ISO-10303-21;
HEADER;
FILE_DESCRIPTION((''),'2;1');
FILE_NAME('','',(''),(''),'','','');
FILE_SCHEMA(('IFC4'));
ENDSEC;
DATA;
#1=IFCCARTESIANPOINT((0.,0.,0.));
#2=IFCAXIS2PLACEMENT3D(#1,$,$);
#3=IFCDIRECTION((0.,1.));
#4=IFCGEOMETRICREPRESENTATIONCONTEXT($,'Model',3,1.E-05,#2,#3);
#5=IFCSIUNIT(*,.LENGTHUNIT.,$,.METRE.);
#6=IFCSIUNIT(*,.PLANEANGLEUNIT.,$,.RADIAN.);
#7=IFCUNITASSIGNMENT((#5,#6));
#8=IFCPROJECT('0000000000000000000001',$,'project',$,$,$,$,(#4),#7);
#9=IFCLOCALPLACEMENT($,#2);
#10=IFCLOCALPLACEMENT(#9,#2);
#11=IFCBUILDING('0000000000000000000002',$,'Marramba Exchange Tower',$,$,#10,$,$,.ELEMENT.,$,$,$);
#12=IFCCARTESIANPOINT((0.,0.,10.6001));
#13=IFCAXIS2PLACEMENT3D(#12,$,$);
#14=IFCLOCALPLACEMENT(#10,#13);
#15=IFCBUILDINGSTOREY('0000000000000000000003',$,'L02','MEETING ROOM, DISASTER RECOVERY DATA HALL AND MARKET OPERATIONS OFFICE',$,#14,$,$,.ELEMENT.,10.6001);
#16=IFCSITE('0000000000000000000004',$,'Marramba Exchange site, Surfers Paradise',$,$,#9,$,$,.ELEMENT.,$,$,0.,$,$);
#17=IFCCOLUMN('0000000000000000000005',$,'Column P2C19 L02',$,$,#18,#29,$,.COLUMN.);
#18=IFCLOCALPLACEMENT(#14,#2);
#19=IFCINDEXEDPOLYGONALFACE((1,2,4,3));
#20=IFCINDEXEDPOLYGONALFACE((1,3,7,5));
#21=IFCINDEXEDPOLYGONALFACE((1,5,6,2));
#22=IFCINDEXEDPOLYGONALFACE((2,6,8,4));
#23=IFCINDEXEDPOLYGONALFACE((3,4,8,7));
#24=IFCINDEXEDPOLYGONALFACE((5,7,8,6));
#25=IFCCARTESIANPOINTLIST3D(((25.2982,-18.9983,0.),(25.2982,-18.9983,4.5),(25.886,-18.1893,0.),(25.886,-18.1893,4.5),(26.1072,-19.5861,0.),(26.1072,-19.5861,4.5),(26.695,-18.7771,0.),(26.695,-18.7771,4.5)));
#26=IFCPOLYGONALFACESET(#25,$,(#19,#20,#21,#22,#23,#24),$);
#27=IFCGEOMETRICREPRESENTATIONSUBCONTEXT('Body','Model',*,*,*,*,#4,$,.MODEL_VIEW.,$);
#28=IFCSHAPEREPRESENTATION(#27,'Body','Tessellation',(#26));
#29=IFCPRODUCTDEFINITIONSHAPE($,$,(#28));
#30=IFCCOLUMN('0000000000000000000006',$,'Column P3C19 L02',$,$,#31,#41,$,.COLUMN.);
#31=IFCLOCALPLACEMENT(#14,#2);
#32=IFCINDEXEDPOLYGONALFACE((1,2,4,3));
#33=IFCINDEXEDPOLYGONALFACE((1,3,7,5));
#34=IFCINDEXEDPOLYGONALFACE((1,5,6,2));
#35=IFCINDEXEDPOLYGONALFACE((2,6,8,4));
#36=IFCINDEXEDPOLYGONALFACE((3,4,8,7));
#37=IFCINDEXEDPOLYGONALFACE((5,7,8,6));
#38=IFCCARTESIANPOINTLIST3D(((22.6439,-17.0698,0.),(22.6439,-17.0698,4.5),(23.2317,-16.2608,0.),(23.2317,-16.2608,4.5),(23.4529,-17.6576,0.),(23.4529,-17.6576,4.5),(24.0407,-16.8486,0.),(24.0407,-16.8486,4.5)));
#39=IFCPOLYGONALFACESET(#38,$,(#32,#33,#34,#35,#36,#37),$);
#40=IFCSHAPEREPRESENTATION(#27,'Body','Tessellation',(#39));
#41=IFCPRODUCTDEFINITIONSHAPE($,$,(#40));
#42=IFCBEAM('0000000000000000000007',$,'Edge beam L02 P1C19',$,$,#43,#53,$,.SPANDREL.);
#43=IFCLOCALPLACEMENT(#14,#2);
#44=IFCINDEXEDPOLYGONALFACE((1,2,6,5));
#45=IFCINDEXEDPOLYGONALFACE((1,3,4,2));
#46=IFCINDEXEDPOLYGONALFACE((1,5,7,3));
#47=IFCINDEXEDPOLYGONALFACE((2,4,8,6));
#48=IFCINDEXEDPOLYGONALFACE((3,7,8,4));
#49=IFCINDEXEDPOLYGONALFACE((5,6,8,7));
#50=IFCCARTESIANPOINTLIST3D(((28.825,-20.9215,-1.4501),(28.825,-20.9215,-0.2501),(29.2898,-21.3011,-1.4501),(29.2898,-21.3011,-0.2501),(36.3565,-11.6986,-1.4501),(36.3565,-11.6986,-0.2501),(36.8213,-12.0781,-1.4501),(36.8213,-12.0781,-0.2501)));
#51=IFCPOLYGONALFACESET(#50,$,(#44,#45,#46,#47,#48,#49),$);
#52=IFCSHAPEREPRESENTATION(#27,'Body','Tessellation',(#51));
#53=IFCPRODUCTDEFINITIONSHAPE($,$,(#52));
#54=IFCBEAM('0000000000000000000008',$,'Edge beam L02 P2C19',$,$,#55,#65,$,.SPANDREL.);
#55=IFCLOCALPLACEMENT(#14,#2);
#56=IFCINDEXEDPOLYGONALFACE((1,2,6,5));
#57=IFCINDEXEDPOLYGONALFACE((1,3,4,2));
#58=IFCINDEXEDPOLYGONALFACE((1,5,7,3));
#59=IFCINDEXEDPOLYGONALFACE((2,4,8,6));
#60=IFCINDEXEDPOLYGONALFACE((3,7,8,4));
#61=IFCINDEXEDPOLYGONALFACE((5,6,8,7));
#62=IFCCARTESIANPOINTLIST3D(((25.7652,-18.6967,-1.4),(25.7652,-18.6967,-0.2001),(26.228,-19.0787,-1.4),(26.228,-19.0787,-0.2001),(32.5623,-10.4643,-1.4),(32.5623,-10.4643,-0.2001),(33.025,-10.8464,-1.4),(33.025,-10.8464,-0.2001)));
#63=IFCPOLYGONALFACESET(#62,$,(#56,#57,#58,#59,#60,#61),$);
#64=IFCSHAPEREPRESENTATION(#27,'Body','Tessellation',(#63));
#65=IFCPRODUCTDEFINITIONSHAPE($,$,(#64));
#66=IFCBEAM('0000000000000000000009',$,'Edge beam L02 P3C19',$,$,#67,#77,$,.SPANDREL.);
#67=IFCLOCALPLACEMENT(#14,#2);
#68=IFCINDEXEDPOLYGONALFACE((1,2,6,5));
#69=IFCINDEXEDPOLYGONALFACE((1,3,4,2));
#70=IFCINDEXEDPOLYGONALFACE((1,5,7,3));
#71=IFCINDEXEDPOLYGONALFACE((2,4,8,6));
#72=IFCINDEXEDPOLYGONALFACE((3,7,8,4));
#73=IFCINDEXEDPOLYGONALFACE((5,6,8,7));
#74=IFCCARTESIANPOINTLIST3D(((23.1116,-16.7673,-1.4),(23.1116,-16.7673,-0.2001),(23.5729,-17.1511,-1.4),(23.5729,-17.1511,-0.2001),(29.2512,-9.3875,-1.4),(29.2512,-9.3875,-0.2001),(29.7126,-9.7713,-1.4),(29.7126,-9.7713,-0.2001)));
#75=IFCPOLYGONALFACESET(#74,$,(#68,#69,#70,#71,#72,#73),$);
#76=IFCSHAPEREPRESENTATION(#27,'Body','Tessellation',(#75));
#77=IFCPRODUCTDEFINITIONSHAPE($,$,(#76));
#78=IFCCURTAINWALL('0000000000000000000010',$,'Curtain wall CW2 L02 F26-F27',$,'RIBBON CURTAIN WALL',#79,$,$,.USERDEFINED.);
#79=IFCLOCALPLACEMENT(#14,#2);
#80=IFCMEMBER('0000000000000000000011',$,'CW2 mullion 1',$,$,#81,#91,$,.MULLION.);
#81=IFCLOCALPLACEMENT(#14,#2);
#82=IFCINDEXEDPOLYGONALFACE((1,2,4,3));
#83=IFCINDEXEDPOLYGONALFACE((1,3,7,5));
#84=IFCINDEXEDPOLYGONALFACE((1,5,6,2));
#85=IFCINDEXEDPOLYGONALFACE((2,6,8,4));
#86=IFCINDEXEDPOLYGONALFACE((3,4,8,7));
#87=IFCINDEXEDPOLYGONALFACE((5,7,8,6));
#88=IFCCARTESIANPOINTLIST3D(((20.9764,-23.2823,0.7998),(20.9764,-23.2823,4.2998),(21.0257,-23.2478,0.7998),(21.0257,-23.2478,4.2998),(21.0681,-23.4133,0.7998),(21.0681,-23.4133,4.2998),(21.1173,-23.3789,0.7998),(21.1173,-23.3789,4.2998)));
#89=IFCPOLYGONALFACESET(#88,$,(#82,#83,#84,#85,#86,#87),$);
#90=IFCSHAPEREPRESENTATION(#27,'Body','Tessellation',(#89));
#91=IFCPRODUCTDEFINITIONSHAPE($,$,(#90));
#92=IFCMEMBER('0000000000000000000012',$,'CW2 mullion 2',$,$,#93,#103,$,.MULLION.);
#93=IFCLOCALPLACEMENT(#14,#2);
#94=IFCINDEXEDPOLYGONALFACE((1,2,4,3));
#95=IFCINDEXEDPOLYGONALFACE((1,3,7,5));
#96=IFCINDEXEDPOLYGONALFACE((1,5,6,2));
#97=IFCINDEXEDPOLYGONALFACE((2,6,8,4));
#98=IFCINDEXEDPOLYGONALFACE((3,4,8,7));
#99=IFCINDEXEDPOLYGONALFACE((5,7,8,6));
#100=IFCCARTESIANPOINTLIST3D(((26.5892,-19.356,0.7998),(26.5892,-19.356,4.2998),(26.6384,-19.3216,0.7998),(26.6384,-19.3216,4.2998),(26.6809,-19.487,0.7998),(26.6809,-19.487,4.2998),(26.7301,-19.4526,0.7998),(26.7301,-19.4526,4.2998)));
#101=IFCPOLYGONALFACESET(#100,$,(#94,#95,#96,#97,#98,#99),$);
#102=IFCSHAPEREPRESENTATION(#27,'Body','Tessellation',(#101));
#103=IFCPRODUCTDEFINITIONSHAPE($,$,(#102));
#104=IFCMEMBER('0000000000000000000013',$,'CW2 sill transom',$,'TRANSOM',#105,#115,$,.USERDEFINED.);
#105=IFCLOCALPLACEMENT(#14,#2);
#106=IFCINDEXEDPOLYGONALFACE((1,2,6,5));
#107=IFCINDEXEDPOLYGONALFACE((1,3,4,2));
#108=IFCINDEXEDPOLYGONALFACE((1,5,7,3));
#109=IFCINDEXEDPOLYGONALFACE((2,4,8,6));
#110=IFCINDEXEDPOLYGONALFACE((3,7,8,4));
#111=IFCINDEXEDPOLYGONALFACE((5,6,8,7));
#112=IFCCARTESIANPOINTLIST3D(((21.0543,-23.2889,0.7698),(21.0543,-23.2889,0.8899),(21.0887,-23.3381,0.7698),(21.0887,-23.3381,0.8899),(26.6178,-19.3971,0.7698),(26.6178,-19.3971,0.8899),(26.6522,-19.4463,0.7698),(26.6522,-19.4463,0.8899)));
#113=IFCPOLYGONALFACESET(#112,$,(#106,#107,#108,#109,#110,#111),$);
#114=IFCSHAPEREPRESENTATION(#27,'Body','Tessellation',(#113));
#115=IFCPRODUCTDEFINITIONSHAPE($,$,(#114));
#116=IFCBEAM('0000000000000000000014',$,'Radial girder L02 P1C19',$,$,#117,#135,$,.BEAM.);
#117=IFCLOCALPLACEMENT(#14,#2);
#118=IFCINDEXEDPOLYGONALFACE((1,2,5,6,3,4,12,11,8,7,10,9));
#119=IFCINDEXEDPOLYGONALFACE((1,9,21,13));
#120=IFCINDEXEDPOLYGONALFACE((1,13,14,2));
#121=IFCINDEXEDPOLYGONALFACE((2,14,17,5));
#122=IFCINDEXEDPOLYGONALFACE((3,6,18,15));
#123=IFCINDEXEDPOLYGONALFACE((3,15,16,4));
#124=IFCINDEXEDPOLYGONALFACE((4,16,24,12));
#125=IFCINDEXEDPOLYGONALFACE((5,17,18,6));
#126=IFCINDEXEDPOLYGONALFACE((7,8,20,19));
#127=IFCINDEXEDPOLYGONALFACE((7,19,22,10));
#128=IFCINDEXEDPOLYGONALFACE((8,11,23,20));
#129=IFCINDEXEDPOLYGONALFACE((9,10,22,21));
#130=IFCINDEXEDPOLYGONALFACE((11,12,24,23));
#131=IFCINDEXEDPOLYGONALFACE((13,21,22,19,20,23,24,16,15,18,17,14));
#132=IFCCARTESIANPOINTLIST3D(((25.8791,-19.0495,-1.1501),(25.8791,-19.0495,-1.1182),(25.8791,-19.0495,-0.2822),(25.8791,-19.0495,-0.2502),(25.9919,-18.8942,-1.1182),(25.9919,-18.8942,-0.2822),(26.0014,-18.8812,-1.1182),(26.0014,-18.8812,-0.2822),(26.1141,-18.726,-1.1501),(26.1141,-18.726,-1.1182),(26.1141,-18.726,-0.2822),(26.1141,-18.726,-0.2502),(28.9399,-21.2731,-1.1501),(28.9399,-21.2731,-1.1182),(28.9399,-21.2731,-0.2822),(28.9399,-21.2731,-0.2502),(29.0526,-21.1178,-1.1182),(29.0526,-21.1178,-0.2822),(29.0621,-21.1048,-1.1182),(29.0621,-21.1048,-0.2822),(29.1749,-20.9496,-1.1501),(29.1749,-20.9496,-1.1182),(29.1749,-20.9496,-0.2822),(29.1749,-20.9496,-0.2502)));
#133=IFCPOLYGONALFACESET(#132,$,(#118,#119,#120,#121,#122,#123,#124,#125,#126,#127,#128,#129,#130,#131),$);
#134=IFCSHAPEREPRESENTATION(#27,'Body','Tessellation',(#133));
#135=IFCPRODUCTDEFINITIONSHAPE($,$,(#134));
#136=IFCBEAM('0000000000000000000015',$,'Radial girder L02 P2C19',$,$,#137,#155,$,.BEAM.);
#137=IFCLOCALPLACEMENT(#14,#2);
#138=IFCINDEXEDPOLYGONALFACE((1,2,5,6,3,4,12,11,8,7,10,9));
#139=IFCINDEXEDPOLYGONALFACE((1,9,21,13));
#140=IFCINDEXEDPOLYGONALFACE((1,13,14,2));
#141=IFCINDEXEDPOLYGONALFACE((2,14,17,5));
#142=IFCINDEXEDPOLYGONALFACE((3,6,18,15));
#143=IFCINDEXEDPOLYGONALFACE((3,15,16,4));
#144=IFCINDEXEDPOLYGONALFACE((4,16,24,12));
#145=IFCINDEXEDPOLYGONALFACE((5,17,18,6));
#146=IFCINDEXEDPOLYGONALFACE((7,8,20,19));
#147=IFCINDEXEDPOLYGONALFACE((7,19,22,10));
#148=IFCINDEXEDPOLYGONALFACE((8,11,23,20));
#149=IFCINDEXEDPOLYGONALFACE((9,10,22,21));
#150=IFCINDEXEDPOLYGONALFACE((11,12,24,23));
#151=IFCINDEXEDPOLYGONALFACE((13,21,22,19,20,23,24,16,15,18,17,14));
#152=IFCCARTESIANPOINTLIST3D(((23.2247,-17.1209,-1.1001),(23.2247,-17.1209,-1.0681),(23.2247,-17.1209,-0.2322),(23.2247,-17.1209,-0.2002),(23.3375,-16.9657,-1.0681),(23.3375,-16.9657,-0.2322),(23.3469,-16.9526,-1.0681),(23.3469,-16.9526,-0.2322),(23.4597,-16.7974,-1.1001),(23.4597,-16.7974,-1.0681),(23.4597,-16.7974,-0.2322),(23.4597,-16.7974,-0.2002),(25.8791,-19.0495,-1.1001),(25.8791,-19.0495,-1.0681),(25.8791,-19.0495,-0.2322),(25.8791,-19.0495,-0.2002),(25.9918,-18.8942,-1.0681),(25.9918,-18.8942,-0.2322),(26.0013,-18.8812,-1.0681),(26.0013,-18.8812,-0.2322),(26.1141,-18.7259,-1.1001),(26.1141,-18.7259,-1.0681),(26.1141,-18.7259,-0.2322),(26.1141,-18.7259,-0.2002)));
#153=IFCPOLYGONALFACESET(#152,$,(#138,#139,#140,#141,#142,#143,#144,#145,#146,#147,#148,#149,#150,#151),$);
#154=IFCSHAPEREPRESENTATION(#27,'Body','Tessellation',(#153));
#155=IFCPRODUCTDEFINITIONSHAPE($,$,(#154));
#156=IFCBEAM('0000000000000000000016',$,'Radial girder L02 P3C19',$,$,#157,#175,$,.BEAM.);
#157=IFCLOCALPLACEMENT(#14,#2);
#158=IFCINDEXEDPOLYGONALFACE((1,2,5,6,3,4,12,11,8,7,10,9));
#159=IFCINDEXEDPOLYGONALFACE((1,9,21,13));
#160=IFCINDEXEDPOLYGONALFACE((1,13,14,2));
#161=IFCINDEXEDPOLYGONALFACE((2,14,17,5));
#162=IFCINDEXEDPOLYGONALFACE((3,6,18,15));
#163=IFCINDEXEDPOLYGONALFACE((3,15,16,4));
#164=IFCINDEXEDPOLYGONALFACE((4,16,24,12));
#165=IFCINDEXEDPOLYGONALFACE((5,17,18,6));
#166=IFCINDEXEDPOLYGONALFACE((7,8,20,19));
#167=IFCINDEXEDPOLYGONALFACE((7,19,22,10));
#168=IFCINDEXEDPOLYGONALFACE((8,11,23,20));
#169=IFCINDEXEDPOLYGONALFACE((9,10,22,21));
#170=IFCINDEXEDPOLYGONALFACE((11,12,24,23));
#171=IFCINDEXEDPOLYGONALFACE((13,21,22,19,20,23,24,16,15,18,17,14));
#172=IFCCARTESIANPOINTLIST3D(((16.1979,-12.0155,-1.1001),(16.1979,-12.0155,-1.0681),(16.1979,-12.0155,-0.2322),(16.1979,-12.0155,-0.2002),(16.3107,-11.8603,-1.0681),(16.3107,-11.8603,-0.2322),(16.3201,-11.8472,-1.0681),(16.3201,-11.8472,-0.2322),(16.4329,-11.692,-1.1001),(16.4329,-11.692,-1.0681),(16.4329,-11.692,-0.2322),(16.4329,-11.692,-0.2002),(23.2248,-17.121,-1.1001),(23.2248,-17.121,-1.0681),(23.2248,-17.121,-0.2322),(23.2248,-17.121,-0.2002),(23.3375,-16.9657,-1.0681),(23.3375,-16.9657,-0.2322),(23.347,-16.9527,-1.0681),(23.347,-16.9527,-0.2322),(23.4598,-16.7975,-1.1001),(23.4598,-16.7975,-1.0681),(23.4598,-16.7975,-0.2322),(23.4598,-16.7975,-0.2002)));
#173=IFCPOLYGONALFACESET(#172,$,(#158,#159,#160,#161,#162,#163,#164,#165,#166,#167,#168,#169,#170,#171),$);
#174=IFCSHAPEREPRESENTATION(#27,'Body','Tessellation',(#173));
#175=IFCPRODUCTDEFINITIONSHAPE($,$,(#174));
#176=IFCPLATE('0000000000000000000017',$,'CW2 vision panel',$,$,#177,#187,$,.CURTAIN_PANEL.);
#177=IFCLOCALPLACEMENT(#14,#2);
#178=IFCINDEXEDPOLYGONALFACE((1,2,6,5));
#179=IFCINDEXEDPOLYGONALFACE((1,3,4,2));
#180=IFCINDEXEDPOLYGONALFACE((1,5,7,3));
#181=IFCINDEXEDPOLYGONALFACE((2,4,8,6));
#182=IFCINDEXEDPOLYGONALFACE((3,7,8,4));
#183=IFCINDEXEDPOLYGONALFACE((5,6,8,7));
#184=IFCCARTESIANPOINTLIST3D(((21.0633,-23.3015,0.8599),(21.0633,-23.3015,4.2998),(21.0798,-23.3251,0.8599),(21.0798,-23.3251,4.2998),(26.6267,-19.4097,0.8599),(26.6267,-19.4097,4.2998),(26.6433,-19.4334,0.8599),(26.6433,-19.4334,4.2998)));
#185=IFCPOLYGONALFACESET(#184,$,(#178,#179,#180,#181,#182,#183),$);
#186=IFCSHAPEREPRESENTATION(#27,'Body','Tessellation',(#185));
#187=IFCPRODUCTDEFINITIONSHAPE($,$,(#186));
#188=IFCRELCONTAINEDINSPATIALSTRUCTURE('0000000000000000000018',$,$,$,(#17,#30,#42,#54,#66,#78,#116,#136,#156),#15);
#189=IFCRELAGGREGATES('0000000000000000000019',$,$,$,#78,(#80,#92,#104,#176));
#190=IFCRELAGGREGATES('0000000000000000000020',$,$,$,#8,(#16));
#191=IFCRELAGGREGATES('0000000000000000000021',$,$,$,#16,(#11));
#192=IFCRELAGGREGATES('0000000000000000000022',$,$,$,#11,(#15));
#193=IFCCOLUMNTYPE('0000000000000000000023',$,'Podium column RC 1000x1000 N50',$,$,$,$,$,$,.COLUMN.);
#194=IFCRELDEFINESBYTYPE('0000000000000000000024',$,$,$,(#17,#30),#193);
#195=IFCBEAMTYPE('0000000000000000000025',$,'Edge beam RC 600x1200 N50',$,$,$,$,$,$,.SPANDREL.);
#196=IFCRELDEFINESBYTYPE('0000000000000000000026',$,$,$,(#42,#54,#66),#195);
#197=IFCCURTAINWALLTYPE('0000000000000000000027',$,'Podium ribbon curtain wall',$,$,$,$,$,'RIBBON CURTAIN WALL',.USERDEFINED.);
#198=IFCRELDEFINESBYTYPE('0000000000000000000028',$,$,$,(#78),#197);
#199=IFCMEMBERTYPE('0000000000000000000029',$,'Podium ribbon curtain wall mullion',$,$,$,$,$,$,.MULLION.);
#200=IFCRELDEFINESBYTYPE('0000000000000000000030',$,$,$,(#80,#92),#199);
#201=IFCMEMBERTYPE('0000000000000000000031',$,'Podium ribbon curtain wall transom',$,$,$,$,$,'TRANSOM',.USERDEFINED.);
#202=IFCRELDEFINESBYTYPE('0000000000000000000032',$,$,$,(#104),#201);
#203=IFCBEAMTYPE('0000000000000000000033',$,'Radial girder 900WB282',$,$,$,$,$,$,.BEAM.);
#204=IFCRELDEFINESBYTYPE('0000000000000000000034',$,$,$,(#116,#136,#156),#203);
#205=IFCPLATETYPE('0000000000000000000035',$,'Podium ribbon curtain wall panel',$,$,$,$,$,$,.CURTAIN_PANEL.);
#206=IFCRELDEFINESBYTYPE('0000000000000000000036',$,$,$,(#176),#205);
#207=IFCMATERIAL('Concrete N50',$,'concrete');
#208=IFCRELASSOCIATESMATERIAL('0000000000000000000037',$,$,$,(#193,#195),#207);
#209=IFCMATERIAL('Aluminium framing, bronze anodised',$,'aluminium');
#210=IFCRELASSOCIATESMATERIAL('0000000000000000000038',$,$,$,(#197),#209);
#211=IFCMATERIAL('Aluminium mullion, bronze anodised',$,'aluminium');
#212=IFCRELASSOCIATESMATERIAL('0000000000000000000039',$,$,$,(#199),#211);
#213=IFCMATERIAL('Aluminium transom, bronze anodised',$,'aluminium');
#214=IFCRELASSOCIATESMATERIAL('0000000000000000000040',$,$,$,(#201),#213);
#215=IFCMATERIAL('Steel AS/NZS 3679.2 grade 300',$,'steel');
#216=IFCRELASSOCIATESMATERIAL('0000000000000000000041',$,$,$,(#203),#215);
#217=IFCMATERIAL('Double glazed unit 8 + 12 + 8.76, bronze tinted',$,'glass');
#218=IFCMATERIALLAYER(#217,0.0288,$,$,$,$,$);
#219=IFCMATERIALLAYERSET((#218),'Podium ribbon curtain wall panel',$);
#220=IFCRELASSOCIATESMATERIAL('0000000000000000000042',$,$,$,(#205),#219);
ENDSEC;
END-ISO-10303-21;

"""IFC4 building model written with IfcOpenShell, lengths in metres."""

from ifc_helpers import new_model, si_unit, direction, frame, origin, origin_2d, place, context, subcontext, project, spatial, rectangle, i_section, extrude, material, layer, layer_set, material_profile, profile_set, type_object, element, aggregate, save


model = new_model("IFC4")

# Units and contexts
model_context = context("Model", 3, precision=1e-05, world=origin(), true_north=direction((0.0, 1.0)))
body_context = subcontext(model_context, "Body", "Model", "MODEL_VIEW")
ifc_project = project(units=[si_unit("LENGTHUNIT", "METRE"), si_unit("PLANEANGLEUNIT", "RADIAN")], contexts=[model_context])

# Site, building, storey
site_placement = place(None, origin())
site = spatial("IfcSite", under=ifc_project, at=site_placement, Name="Marramba Exchange site, Surfers Paradise", CompositionType="ELEMENT", RefElevation=0.0)
building_placement = place(site_placement, origin())
building = spatial("IfcBuilding", under=site, at=building_placement, Name="Marramba Exchange Tower", CompositionType="ELEMENT")
storey_placement = place(building_placement, frame((0.0, 0.0, 10.6001)))
storey = spatial("IfcBuildingStorey", under=building, at=storey_placement, Name="L02", Description="MEETING ROOM, DISASTER RECOVERY DATA HALL AND MARKET OPERATIONS OFFICE", CompositionType="ELEMENT", Elevation=10.6001)

# Columns
ifc_material_1 = material(Name="Concrete N50", Category="concrete")
ifc_material_profile_1 = material_profile(ifc_material_1, rectangle(XDim=1.0, YDim=1.0, at=origin_2d()), Name="RC 1000x1000")
ifc_profile_set_1 = profile_set([ifc_material_profile_1], Name="Concrete N50")
column_type = type_object("IfcColumnType", Name="Podium column RC 1000x1000 N50", PredefinedType="COLUMN", material=ifc_profile_set_1)
for number, where, z_axis, x_axis, name in (
    (1, (25.9966, -18.8877, 0.0), (0.0, 0.0, 1.0), (0.809017, -0.587785, 0.0), "Column P2C19 L02"),
    (2, (23.3423, -16.9592, 0.0), (0.0, 0.0, 1.0), (0.809017, -0.587785, 0.0), "Column P3C19 L02"),
):
    element("IfcColumn", number, at=place(storey_placement, frame(where, z_axis=z_axis, x_axis=x_axis)), inside=storey, type_object=column_type, Name=name, PredefinedType="COLUMN", context=body_context, shape_type="SweptSolid", body=[
        extrude(rectangle(XDim=1.0, YDim=1.0, at=origin_2d()), origin(), (0.0, 0.0, 1.0), 4.5),
    ])

# Beams
ifc_material_profile_2 = material_profile(ifc_material_1, rectangle(XDim=0.6001, YDim=1.2, at=origin_2d()), Name="RC 600x1200")
ifc_profile_set_2 = profile_set([ifc_material_profile_2], Name="Concrete N50")
beam_type_1 = type_object("IfcBeamType", Name="Edge beam RC 600x1200 N50", PredefinedType="SPANDREL", material=ifc_profile_set_2)
beam_1_placement = place(storey_placement, frame((29.0574, -21.1113, -0.8501), z_axis=(0.632507, 0.774554, 0.0), x_axis=(-0.774554, 0.632507, 0.0)))
element("IfcBeam", 3, at=beam_1_placement, inside=storey, type_object=beam_type_1, Name="Edge beam L02 P1C19", PredefinedType="SPANDREL", context=body_context, shape_type="SweptSolid", body=[
    extrude(rectangle(XDim=0.6001, YDim=1.2, at=origin_2d()), origin(), (0.0, 0.0, 1.0), 11.9075),
])
beam_2_placement = place(storey_placement, frame((25.9966, -18.8877, -0.8), z_axis=(0.636682, 0.771126, 0.0), x_axis=(-0.771126, 0.636682, 0.0)))
element("IfcBeam", 4, at=beam_2_placement, inside=storey, type_object=beam_type_1, Name="Edge beam L02 P2C19", PredefinedType="SPANDREL", context=body_context, shape_type="SweptSolid", body=[
    extrude(rectangle(XDim=0.6001, YDim=1.2, at=origin_2d()), origin(), (0.0, 0.0, 1.0), 10.6758),
])
beam_3_placement = place(storey_placement, frame((23.3423, -16.9592, -0.8), z_axis=(0.639554, 0.768746, 0.0), x_axis=(-0.768746, 0.639554, 0.0)))
element("IfcBeam", 5, at=beam_3_placement, inside=storey, type_object=beam_type_1, Name="Edge beam L02 P3C19", PredefinedType="SPANDREL", context=body_context, shape_type="SweptSolid", body=[
    extrude(rectangle(XDim=0.6001, YDim=1.2, at=origin_2d()), origin(), (0.0, 0.0, 1.0), 9.5999),
])

# Curtain wall, members
ifc_material_2 = material(Name="Aluminium framing, bronze anodised", Category="aluminium")
curtain_wall_type = type_object("IfcCurtainWallType", Name="Podium ribbon curtain wall", ElementType="RIBBON CURTAIN WALL", PredefinedType="USERDEFINED", material=ifc_material_2)
curtain_wall_placement = place(storey_placement, origin())
curtain_wall = element("IfcCurtainWall", 6, at=curtain_wall_placement, inside=storey, type_object=curtain_wall_type, Name="Curtain wall CW2 L02 F26-F27", ObjectType="RIBBON CURTAIN WALL", PredefinedType="USERDEFINED")
ifc_material_3 = material(Name="Aluminium mullion, bronze anodised", Category="aluminium")
ifc_material_profile_3 = material_profile(ifc_material_3, rectangle(XDim=0.1599, YDim=0.0601, at=origin_2d()), Name="CW2 mullion 60x160")
ifc_profile_set_3 = profile_set([ifc_material_profile_3], Name="Aluminium mullion, bronze anodised")
member_type_1 = type_object("IfcMemberType", Name="Podium ribbon curtain wall mullion", PredefinedType="MULLION", material=ifc_profile_set_3)
member_1_placement = place(storey_placement, frame((21.0469, -23.3306, 0.7998), z_axis=(0.0, 0.0, 1.0), x_axis=(-0.573199, 0.819416, 0.0)))
member_1 = element("IfcMember", 7, at=member_1_placement, type_object=member_type_1, Name="CW2 mullion 1", PredefinedType="MULLION", context=body_context, shape_type="SweptSolid", body=[
    extrude(rectangle(XDim=0.1599, YDim=0.0601, at=origin_2d()), origin(), (0.0, 0.0, 1.0), 3.5),
])
member_2_placement = place(storey_placement, frame((26.6597, -19.4043, 0.7998), z_axis=(0.0, 0.0, 1.0), x_axis=(-0.573199, 0.819416, 0.0)))
member_2 = element("IfcMember", 8, at=member_2_placement, type_object=member_type_1, Name="CW2 mullion 2", PredefinedType="MULLION", context=body_context, shape_type="SweptSolid", body=[
    extrude(rectangle(XDim=0.1599, YDim=0.0601, at=origin_2d()), origin(), (0.0, 0.0, 1.0), 3.5),
])
ifc_material_4 = material(Name="Aluminium transom, bronze anodised", Category="aluminium")
ifc_material_profile_4 = material_profile(ifc_material_4, rectangle(XDim=0.0601, YDim=0.1201, at=origin_2d()), Name="CW2 transom 60x120")
ifc_profile_set_4 = profile_set([ifc_material_profile_4], Name="Aluminium transom, bronze anodised")
member_type_2 = type_object("IfcMemberType", Name="Podium ribbon curtain wall transom", ElementType="TRANSOM", PredefinedType="USERDEFINED", material=ifc_profile_set_4)
member_3_placement = place(storey_placement, frame((21.0715, -23.3135, 0.8298), z_axis=(0.819411, 0.573207, 0.0), x_axis=(-0.573207, 0.819411, 0.0)))
member_3 = element("IfcMember", 9, at=member_3_placement, type_object=member_type_2, Name="CW2 sill transom", ObjectType="TRANSOM", PredefinedType="USERDEFINED", context=body_context, shape_type="SweptSolid", body=[
    extrude(rectangle(XDim=0.0601, YDim=0.1201, at=origin_2d()), origin(), (0.0, 0.0, 1.0), 6.7896),
])

# Beams
ifc_material_5 = material(Name="Steel AS/NZS 3679.2 grade 300", Category="steel")
ifc_material_profile_5 = material_profile(ifc_material_5, i_section(OverallWidth=0.3999, OverallDepth=0.8999, WebThickness=0.0161, FlangeThickness=0.032, at=origin_2d()), Name="900WB282")
ifc_profile_set_5 = profile_set([ifc_material_profile_5], Name="Steel AS/NZS 3679.2 grade 300")
beam_type_2 = type_object("IfcBeamType", Name="Radial girder 900WB282", PredefinedType="BEAM", material=ifc_profile_set_5)
beam_4_placement = place(storey_placement, frame((29.0574, -21.1113, -0.7002), z_axis=(-0.809037, 0.587757, 0.0), x_axis=(-0.587757, -0.809037, 0.0)))
element("IfcBeam", 10, at=beam_4_placement, inside=storey, type_object=beam_type_2, Name="Radial girder L02 P1C19", PredefinedType="BEAM", context=body_context, shape_type="SweptSolid", body=[
    extrude(i_section(OverallWidth=0.3999, OverallDepth=0.8999, WebThickness=0.0161, FlangeThickness=0.032, at=origin_2d()), origin(), (0.0, 0.0, 1.0), 3.7832),
])
beam_5_placement = place(storey_placement, frame((25.9966, -18.8877, -0.6501), z_axis=(-0.809016, 0.587787, 0.0), x_axis=(-0.587787, -0.809016, 0.0)))
element("IfcBeam", 11, at=beam_5_placement, inside=storey, type_object=beam_type_2, Name="Radial girder L02 P2C19", PredefinedType="BEAM", context=body_context, shape_type="SweptSolid", body=[
    extrude(i_section(OverallWidth=0.3999, OverallDepth=0.8999, WebThickness=0.0161, FlangeThickness=0.032, at=origin_2d()), origin(), (0.0, 0.0, 1.0), 3.281),
])
beam_6_placement = place(storey_placement, frame((23.3423, -16.9592, -0.6501), z_axis=(-0.809008, 0.587797, 0.0), x_axis=(-0.587797, -0.809008, 0.0)))
element("IfcBeam", 12, at=beam_6_placement, inside=storey, type_object=beam_type_2, Name="Radial girder L02 P3C19", PredefinedType="BEAM", context=body_context, shape_type="SweptSolid", body=[
    extrude(i_section(OverallWidth=0.3999, OverallDepth=0.8999, WebThickness=0.0161, FlangeThickness=0.032, at=origin_2d()), origin(), (0.0, 0.0, 1.0), 8.6858),
])

# Plate
ifc_material_6 = material(Name="Double glazed unit 8 + 12 + 8.76, bronze tinted", Category="glass")
ifc_layer_1 = layer(ifc_material_6, 0.0288)
ifc_layer_set_1 = layer_set([ifc_layer_1], Name="Podium ribbon curtain wall panel")
plate_type = type_object("IfcPlateType", Name="Podium ribbon curtain wall panel", PredefinedType="CURTAIN_PANEL", material=ifc_layer_set_1)
plate_placement = place(storey_placement, frame((23.8533, -21.3674, 0.8599), z_axis=(0.0, 0.0, 1.0), x_axis=(0.819416, 0.573199, 0.0)))
plate = element("IfcPlate", 13, at=plate_placement, type_object=plate_type, Name="CW2 vision panel", PredefinedType="CURTAIN_PANEL", context=body_context, shape_type="SweptSolid", body=[
    extrude(rectangle(XDim=6.7896, YDim=0.0288, at=origin_2d()), origin(), (0.0, 0.0, 1.0), 3.4399),
])
aggregate(curtain_wall, [member_1, member_2, member_3, plate])

save(model, "model.ifc")
